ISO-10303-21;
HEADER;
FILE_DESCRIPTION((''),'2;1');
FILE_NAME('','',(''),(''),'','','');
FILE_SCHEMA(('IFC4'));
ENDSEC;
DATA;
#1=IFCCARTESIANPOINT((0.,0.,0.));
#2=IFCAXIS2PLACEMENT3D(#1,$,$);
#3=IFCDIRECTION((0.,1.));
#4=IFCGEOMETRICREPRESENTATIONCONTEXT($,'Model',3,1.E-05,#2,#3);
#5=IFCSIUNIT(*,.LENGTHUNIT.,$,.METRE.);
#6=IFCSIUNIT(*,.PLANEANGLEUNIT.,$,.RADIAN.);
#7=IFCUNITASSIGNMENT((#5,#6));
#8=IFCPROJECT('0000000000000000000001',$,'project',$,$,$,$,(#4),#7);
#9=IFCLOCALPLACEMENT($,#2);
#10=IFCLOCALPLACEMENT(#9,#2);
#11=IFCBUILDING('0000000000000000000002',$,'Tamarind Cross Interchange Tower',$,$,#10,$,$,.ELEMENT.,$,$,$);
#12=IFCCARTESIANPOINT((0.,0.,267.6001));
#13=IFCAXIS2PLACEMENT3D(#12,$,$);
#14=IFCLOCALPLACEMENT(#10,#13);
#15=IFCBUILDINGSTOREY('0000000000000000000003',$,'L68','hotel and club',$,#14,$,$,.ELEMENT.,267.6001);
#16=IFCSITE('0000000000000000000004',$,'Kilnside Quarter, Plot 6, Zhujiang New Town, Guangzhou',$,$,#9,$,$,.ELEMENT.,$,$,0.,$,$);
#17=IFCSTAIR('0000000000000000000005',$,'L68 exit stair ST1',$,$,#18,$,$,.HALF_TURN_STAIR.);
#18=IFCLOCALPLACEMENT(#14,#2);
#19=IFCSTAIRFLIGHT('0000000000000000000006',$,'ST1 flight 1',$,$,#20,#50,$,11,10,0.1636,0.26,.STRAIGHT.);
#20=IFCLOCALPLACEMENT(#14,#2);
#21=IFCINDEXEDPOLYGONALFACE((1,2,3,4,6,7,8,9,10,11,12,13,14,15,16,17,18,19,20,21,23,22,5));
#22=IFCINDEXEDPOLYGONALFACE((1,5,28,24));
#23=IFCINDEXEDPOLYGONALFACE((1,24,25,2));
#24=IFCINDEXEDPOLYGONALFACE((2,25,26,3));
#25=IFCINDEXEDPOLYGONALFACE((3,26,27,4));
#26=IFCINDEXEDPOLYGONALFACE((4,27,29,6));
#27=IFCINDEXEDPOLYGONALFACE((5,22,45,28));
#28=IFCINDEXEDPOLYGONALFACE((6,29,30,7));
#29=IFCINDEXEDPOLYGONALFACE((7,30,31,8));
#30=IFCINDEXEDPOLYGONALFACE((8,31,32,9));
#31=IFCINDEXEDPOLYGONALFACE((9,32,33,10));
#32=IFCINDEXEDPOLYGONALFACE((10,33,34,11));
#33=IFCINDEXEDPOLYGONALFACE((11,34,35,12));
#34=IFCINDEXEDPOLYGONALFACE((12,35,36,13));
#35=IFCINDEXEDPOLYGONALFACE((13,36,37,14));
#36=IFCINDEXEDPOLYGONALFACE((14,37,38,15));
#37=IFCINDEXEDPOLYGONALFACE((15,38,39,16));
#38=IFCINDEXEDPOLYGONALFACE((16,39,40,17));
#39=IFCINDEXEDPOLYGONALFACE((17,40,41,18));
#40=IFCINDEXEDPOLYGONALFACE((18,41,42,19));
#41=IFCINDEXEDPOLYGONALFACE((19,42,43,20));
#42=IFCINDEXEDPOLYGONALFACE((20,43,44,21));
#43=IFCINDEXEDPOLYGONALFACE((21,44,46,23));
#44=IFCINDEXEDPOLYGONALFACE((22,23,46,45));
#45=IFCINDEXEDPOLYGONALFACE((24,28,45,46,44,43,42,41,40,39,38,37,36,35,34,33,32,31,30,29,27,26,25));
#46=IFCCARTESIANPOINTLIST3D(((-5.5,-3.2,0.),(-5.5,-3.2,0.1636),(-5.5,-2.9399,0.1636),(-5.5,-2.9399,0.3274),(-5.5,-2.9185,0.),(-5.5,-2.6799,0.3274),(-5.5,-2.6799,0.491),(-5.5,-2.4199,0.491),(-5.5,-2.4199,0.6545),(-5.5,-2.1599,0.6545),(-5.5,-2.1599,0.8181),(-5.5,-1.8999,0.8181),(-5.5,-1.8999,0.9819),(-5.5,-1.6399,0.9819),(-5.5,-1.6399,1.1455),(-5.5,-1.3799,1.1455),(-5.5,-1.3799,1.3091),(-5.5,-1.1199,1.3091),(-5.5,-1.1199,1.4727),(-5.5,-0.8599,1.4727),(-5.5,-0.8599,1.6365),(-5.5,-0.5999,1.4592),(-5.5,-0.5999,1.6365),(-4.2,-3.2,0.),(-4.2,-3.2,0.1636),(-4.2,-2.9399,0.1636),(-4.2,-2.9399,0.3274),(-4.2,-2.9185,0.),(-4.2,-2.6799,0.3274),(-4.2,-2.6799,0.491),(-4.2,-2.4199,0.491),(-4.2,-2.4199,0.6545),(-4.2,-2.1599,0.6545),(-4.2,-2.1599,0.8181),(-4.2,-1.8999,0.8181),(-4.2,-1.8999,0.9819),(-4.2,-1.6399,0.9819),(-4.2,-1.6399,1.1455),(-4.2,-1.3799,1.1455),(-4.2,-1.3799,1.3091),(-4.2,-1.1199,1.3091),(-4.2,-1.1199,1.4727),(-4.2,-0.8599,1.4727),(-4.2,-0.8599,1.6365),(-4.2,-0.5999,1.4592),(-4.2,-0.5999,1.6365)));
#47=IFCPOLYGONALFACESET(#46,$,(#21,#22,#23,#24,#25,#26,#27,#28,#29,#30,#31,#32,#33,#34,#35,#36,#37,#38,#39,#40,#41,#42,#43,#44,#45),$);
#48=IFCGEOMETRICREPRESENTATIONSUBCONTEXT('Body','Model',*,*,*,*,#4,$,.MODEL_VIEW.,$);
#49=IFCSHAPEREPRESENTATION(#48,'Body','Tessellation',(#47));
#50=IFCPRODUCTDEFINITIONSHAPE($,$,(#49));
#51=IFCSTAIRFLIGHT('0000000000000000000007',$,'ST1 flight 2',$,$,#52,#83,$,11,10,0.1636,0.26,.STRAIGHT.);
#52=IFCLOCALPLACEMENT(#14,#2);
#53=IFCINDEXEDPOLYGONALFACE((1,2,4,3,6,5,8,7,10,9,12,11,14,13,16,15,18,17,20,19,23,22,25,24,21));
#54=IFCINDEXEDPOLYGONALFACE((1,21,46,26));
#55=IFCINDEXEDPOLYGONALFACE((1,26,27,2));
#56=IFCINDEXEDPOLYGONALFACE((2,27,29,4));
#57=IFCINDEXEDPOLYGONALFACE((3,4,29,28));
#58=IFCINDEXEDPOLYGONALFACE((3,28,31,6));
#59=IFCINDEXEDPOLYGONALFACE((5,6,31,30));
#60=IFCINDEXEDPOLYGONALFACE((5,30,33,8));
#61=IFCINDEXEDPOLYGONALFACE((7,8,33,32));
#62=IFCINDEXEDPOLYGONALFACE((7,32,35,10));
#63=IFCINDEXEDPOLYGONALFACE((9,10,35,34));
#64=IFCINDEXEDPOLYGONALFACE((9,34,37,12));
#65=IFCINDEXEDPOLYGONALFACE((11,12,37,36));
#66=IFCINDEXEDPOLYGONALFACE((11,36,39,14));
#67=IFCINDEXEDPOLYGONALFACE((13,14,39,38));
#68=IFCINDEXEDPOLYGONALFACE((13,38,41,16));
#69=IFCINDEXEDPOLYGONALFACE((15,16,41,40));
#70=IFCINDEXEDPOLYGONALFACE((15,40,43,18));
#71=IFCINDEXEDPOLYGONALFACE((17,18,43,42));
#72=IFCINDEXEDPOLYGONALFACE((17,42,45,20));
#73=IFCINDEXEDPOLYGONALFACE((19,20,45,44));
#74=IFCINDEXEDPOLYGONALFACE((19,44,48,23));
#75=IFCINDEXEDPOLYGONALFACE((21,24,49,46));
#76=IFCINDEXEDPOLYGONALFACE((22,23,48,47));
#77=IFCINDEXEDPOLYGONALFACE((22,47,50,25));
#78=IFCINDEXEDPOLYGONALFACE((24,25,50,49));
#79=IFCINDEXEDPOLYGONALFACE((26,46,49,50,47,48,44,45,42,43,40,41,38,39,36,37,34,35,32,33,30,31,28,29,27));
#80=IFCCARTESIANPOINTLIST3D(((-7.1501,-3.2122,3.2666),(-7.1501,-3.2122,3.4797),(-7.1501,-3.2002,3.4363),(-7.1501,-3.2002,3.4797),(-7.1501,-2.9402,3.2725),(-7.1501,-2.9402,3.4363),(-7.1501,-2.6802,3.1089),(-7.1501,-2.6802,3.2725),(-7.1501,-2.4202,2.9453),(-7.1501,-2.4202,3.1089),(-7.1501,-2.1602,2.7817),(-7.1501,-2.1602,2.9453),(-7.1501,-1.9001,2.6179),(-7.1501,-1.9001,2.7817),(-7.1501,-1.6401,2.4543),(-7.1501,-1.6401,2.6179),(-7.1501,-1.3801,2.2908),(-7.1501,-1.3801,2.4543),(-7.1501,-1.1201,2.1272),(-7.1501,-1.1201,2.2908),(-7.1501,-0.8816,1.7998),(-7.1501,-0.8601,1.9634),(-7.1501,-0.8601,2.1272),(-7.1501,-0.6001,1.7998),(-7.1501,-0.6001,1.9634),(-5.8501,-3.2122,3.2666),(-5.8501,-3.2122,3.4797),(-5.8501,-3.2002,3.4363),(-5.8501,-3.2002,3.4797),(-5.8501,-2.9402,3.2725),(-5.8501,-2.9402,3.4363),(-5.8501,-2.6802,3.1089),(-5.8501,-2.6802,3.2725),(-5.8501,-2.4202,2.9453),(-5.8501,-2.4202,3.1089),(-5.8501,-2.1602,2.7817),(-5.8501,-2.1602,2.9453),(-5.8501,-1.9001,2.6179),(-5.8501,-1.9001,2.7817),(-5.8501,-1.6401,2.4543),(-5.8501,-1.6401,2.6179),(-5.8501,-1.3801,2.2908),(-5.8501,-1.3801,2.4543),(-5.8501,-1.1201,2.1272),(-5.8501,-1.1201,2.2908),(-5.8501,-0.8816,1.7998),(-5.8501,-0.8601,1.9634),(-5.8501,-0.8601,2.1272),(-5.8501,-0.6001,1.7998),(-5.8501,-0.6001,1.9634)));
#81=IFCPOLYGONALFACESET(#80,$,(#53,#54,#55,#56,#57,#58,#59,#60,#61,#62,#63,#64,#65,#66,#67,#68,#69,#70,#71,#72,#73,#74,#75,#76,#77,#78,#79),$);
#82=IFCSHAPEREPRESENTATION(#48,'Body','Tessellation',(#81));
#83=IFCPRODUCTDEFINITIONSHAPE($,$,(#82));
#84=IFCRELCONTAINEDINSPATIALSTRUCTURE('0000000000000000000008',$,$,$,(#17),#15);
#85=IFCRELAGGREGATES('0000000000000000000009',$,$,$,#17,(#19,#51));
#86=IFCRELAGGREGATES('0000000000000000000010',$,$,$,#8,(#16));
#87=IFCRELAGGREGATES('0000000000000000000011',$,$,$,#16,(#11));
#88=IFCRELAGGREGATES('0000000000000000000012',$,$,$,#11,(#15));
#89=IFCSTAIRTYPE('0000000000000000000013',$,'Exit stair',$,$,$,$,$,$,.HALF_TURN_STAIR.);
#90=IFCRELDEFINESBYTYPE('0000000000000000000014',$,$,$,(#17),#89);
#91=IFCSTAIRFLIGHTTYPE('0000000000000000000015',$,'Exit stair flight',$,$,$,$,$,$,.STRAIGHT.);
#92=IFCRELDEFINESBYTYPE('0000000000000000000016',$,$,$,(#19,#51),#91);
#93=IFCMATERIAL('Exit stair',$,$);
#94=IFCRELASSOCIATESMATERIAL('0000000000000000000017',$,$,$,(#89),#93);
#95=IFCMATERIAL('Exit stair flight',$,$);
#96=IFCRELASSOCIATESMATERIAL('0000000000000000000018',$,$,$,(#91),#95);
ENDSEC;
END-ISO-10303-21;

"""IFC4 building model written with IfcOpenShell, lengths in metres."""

from ifc_helpers import new_model, si_unit, direction, frame, origin, place, context, subcontext, project, spatial, polyline, outline, extrude, material, type_object, element, aggregate, save


model = new_model("IFC4")

# Units and contexts
model_context = context("Model", 3, precision=1e-05, world=origin(), true_north=direction((0.0, 1.0)))
body_context = subcontext(model_context, "Body", "Model", "MODEL_VIEW")
ifc_project = project(units=[si_unit("LENGTHUNIT", "METRE"), si_unit("PLANEANGLEUNIT", "RADIAN")], contexts=[model_context])

# Site, building, storey
site_placement = place(None, origin())
site = spatial("IfcSite", under=ifc_project, at=site_placement, Name="Kilnside Quarter, Plot 6, Zhujiang New Town, Guangzhou", CompositionType="ELEMENT", RefElevation=0.0)
building_placement = place(site_placement, origin())
building = spatial("IfcBuilding", under=site, at=building_placement, Name="Tamarind Cross Interchange Tower", CompositionType="ELEMENT")
storey_placement = place(building_placement, frame((0.0, 0.0, 267.6001)))
storey = spatial("IfcBuildingStorey", under=building, at=storey_placement, Name="L68", Description="hotel and club", CompositionType="ELEMENT", Elevation=267.6001)

# Stair, stair flights
ifc_material_1 = material(Name="Exit stair")
stair_type = type_object("IfcStairType", Name="Exit stair", PredefinedType="HALF_TURN_STAIR", material=ifc_material_1)
stair_placement = place(storey_placement, origin())
stair = element("IfcStair", 1, at=stair_placement, inside=storey, type_object=stair_type, Name="L68 exit stair ST1", PredefinedType="HALF_TURN_STAIR")
ifc_material_2 = material(Name="Exit stair flight")
stair_flight_type = type_object("IfcStairFlightType", Name="Exit stair flight", PredefinedType="STRAIGHT", material=ifc_material_2)
stair_flight_1_placement = place(storey_placement, frame((-4.8501, -3.2, 0.0), z_axis=(0.0, 0.0, 1.0), x_axis=(0.0, 1.0, 0.0)))
stair_flight_1 = element("IfcStairFlight", 2, at=stair_flight_1_placement, type_object=stair_flight_type, Name="ST1 flight 1", NumberOfRisers=11, NumberOfTreads=10, PredefinedType="STRAIGHT", RiserHeight=0.1636, TreadLength=0.26, context=body_context, shape_type="SweptSolid", body=[
    extrude(outline(polyline([(0.0, 0.0), (0.0, 0.1636), (0.26, 0.1636), (0.26, 0.3274), (0.52, 0.3274), (0.52, 0.491), (0.78, 0.491), (0.78, 0.6545), (1.04, 0.6545), (1.04, 0.8181), (1.3, 0.8181), (1.3, 0.9819), (1.5601, 0.9819), (1.5601, 1.1455), (1.8201, 1.1455), (1.8201, 1.3091), (2.0801, 1.3091), (2.0801, 1.4727), (2.3401, 1.4727), (2.3401, 1.6365), (2.6001, 1.6365), (2.6001, 1.8), (2.6001, 1.4592), (0.2815, 0.0), (0.0, 0.0)])), frame((0.0, 0.6499, 0.0), z_axis=(0.0, -1.0, 0.0), x_axis=(1.0, 0.0, 0.0)), (0.0, 0.0, 1.0), 1.3),
])
stair_flight_2_placement = place(storey_placement, frame((-6.5, -0.6001, 1.7998), z_axis=(0.0, 0.0, 1.0), x_axis=(0.0, -1.0, 0.0)))
stair_flight_2 = element("IfcStairFlight", 3, at=stair_flight_2_placement, type_object=stair_flight_type, Name="ST1 flight 2", NumberOfRisers=11, NumberOfTreads=10, PredefinedType="STRAIGHT", RiserHeight=0.1636, TreadLength=0.26, context=body_context, shape_type="SweptSolid", body=[
    extrude(outline(polyline([(0.0, 0.0), (0.0, 0.1636), (0.26, 0.1636), (0.26, 0.3274), (0.52, 0.3274), (0.52, 0.491), (0.78, 0.491), (0.78, 0.6545), (1.04, 0.6545), (1.04, 0.8181), (1.3, 0.8181), (1.3, 0.9819), (1.5601, 0.9819), (1.5601, 1.1455), (1.8201, 1.1455), (1.8201, 1.3091), (2.0801, 1.3091), (2.0801, 1.4727), (2.3401, 1.4727), (2.3401, 1.6365), (2.6001, 1.6365), (2.6001, 1.6799), (2.6121, 1.6799), (2.6121, 1.4668), (0.2815, 0.0), (0.0, 0.0)])), frame((0.0, 0.6499, 0.0), z_axis=(0.0, -1.0, 0.0), x_axis=(1.0, 0.0, 0.0)), (0.0, 0.0, 1.0), 1.3),
])
aggregate(stair, [stair_flight_1, stair_flight_2])

save(model, "model.ifc")
